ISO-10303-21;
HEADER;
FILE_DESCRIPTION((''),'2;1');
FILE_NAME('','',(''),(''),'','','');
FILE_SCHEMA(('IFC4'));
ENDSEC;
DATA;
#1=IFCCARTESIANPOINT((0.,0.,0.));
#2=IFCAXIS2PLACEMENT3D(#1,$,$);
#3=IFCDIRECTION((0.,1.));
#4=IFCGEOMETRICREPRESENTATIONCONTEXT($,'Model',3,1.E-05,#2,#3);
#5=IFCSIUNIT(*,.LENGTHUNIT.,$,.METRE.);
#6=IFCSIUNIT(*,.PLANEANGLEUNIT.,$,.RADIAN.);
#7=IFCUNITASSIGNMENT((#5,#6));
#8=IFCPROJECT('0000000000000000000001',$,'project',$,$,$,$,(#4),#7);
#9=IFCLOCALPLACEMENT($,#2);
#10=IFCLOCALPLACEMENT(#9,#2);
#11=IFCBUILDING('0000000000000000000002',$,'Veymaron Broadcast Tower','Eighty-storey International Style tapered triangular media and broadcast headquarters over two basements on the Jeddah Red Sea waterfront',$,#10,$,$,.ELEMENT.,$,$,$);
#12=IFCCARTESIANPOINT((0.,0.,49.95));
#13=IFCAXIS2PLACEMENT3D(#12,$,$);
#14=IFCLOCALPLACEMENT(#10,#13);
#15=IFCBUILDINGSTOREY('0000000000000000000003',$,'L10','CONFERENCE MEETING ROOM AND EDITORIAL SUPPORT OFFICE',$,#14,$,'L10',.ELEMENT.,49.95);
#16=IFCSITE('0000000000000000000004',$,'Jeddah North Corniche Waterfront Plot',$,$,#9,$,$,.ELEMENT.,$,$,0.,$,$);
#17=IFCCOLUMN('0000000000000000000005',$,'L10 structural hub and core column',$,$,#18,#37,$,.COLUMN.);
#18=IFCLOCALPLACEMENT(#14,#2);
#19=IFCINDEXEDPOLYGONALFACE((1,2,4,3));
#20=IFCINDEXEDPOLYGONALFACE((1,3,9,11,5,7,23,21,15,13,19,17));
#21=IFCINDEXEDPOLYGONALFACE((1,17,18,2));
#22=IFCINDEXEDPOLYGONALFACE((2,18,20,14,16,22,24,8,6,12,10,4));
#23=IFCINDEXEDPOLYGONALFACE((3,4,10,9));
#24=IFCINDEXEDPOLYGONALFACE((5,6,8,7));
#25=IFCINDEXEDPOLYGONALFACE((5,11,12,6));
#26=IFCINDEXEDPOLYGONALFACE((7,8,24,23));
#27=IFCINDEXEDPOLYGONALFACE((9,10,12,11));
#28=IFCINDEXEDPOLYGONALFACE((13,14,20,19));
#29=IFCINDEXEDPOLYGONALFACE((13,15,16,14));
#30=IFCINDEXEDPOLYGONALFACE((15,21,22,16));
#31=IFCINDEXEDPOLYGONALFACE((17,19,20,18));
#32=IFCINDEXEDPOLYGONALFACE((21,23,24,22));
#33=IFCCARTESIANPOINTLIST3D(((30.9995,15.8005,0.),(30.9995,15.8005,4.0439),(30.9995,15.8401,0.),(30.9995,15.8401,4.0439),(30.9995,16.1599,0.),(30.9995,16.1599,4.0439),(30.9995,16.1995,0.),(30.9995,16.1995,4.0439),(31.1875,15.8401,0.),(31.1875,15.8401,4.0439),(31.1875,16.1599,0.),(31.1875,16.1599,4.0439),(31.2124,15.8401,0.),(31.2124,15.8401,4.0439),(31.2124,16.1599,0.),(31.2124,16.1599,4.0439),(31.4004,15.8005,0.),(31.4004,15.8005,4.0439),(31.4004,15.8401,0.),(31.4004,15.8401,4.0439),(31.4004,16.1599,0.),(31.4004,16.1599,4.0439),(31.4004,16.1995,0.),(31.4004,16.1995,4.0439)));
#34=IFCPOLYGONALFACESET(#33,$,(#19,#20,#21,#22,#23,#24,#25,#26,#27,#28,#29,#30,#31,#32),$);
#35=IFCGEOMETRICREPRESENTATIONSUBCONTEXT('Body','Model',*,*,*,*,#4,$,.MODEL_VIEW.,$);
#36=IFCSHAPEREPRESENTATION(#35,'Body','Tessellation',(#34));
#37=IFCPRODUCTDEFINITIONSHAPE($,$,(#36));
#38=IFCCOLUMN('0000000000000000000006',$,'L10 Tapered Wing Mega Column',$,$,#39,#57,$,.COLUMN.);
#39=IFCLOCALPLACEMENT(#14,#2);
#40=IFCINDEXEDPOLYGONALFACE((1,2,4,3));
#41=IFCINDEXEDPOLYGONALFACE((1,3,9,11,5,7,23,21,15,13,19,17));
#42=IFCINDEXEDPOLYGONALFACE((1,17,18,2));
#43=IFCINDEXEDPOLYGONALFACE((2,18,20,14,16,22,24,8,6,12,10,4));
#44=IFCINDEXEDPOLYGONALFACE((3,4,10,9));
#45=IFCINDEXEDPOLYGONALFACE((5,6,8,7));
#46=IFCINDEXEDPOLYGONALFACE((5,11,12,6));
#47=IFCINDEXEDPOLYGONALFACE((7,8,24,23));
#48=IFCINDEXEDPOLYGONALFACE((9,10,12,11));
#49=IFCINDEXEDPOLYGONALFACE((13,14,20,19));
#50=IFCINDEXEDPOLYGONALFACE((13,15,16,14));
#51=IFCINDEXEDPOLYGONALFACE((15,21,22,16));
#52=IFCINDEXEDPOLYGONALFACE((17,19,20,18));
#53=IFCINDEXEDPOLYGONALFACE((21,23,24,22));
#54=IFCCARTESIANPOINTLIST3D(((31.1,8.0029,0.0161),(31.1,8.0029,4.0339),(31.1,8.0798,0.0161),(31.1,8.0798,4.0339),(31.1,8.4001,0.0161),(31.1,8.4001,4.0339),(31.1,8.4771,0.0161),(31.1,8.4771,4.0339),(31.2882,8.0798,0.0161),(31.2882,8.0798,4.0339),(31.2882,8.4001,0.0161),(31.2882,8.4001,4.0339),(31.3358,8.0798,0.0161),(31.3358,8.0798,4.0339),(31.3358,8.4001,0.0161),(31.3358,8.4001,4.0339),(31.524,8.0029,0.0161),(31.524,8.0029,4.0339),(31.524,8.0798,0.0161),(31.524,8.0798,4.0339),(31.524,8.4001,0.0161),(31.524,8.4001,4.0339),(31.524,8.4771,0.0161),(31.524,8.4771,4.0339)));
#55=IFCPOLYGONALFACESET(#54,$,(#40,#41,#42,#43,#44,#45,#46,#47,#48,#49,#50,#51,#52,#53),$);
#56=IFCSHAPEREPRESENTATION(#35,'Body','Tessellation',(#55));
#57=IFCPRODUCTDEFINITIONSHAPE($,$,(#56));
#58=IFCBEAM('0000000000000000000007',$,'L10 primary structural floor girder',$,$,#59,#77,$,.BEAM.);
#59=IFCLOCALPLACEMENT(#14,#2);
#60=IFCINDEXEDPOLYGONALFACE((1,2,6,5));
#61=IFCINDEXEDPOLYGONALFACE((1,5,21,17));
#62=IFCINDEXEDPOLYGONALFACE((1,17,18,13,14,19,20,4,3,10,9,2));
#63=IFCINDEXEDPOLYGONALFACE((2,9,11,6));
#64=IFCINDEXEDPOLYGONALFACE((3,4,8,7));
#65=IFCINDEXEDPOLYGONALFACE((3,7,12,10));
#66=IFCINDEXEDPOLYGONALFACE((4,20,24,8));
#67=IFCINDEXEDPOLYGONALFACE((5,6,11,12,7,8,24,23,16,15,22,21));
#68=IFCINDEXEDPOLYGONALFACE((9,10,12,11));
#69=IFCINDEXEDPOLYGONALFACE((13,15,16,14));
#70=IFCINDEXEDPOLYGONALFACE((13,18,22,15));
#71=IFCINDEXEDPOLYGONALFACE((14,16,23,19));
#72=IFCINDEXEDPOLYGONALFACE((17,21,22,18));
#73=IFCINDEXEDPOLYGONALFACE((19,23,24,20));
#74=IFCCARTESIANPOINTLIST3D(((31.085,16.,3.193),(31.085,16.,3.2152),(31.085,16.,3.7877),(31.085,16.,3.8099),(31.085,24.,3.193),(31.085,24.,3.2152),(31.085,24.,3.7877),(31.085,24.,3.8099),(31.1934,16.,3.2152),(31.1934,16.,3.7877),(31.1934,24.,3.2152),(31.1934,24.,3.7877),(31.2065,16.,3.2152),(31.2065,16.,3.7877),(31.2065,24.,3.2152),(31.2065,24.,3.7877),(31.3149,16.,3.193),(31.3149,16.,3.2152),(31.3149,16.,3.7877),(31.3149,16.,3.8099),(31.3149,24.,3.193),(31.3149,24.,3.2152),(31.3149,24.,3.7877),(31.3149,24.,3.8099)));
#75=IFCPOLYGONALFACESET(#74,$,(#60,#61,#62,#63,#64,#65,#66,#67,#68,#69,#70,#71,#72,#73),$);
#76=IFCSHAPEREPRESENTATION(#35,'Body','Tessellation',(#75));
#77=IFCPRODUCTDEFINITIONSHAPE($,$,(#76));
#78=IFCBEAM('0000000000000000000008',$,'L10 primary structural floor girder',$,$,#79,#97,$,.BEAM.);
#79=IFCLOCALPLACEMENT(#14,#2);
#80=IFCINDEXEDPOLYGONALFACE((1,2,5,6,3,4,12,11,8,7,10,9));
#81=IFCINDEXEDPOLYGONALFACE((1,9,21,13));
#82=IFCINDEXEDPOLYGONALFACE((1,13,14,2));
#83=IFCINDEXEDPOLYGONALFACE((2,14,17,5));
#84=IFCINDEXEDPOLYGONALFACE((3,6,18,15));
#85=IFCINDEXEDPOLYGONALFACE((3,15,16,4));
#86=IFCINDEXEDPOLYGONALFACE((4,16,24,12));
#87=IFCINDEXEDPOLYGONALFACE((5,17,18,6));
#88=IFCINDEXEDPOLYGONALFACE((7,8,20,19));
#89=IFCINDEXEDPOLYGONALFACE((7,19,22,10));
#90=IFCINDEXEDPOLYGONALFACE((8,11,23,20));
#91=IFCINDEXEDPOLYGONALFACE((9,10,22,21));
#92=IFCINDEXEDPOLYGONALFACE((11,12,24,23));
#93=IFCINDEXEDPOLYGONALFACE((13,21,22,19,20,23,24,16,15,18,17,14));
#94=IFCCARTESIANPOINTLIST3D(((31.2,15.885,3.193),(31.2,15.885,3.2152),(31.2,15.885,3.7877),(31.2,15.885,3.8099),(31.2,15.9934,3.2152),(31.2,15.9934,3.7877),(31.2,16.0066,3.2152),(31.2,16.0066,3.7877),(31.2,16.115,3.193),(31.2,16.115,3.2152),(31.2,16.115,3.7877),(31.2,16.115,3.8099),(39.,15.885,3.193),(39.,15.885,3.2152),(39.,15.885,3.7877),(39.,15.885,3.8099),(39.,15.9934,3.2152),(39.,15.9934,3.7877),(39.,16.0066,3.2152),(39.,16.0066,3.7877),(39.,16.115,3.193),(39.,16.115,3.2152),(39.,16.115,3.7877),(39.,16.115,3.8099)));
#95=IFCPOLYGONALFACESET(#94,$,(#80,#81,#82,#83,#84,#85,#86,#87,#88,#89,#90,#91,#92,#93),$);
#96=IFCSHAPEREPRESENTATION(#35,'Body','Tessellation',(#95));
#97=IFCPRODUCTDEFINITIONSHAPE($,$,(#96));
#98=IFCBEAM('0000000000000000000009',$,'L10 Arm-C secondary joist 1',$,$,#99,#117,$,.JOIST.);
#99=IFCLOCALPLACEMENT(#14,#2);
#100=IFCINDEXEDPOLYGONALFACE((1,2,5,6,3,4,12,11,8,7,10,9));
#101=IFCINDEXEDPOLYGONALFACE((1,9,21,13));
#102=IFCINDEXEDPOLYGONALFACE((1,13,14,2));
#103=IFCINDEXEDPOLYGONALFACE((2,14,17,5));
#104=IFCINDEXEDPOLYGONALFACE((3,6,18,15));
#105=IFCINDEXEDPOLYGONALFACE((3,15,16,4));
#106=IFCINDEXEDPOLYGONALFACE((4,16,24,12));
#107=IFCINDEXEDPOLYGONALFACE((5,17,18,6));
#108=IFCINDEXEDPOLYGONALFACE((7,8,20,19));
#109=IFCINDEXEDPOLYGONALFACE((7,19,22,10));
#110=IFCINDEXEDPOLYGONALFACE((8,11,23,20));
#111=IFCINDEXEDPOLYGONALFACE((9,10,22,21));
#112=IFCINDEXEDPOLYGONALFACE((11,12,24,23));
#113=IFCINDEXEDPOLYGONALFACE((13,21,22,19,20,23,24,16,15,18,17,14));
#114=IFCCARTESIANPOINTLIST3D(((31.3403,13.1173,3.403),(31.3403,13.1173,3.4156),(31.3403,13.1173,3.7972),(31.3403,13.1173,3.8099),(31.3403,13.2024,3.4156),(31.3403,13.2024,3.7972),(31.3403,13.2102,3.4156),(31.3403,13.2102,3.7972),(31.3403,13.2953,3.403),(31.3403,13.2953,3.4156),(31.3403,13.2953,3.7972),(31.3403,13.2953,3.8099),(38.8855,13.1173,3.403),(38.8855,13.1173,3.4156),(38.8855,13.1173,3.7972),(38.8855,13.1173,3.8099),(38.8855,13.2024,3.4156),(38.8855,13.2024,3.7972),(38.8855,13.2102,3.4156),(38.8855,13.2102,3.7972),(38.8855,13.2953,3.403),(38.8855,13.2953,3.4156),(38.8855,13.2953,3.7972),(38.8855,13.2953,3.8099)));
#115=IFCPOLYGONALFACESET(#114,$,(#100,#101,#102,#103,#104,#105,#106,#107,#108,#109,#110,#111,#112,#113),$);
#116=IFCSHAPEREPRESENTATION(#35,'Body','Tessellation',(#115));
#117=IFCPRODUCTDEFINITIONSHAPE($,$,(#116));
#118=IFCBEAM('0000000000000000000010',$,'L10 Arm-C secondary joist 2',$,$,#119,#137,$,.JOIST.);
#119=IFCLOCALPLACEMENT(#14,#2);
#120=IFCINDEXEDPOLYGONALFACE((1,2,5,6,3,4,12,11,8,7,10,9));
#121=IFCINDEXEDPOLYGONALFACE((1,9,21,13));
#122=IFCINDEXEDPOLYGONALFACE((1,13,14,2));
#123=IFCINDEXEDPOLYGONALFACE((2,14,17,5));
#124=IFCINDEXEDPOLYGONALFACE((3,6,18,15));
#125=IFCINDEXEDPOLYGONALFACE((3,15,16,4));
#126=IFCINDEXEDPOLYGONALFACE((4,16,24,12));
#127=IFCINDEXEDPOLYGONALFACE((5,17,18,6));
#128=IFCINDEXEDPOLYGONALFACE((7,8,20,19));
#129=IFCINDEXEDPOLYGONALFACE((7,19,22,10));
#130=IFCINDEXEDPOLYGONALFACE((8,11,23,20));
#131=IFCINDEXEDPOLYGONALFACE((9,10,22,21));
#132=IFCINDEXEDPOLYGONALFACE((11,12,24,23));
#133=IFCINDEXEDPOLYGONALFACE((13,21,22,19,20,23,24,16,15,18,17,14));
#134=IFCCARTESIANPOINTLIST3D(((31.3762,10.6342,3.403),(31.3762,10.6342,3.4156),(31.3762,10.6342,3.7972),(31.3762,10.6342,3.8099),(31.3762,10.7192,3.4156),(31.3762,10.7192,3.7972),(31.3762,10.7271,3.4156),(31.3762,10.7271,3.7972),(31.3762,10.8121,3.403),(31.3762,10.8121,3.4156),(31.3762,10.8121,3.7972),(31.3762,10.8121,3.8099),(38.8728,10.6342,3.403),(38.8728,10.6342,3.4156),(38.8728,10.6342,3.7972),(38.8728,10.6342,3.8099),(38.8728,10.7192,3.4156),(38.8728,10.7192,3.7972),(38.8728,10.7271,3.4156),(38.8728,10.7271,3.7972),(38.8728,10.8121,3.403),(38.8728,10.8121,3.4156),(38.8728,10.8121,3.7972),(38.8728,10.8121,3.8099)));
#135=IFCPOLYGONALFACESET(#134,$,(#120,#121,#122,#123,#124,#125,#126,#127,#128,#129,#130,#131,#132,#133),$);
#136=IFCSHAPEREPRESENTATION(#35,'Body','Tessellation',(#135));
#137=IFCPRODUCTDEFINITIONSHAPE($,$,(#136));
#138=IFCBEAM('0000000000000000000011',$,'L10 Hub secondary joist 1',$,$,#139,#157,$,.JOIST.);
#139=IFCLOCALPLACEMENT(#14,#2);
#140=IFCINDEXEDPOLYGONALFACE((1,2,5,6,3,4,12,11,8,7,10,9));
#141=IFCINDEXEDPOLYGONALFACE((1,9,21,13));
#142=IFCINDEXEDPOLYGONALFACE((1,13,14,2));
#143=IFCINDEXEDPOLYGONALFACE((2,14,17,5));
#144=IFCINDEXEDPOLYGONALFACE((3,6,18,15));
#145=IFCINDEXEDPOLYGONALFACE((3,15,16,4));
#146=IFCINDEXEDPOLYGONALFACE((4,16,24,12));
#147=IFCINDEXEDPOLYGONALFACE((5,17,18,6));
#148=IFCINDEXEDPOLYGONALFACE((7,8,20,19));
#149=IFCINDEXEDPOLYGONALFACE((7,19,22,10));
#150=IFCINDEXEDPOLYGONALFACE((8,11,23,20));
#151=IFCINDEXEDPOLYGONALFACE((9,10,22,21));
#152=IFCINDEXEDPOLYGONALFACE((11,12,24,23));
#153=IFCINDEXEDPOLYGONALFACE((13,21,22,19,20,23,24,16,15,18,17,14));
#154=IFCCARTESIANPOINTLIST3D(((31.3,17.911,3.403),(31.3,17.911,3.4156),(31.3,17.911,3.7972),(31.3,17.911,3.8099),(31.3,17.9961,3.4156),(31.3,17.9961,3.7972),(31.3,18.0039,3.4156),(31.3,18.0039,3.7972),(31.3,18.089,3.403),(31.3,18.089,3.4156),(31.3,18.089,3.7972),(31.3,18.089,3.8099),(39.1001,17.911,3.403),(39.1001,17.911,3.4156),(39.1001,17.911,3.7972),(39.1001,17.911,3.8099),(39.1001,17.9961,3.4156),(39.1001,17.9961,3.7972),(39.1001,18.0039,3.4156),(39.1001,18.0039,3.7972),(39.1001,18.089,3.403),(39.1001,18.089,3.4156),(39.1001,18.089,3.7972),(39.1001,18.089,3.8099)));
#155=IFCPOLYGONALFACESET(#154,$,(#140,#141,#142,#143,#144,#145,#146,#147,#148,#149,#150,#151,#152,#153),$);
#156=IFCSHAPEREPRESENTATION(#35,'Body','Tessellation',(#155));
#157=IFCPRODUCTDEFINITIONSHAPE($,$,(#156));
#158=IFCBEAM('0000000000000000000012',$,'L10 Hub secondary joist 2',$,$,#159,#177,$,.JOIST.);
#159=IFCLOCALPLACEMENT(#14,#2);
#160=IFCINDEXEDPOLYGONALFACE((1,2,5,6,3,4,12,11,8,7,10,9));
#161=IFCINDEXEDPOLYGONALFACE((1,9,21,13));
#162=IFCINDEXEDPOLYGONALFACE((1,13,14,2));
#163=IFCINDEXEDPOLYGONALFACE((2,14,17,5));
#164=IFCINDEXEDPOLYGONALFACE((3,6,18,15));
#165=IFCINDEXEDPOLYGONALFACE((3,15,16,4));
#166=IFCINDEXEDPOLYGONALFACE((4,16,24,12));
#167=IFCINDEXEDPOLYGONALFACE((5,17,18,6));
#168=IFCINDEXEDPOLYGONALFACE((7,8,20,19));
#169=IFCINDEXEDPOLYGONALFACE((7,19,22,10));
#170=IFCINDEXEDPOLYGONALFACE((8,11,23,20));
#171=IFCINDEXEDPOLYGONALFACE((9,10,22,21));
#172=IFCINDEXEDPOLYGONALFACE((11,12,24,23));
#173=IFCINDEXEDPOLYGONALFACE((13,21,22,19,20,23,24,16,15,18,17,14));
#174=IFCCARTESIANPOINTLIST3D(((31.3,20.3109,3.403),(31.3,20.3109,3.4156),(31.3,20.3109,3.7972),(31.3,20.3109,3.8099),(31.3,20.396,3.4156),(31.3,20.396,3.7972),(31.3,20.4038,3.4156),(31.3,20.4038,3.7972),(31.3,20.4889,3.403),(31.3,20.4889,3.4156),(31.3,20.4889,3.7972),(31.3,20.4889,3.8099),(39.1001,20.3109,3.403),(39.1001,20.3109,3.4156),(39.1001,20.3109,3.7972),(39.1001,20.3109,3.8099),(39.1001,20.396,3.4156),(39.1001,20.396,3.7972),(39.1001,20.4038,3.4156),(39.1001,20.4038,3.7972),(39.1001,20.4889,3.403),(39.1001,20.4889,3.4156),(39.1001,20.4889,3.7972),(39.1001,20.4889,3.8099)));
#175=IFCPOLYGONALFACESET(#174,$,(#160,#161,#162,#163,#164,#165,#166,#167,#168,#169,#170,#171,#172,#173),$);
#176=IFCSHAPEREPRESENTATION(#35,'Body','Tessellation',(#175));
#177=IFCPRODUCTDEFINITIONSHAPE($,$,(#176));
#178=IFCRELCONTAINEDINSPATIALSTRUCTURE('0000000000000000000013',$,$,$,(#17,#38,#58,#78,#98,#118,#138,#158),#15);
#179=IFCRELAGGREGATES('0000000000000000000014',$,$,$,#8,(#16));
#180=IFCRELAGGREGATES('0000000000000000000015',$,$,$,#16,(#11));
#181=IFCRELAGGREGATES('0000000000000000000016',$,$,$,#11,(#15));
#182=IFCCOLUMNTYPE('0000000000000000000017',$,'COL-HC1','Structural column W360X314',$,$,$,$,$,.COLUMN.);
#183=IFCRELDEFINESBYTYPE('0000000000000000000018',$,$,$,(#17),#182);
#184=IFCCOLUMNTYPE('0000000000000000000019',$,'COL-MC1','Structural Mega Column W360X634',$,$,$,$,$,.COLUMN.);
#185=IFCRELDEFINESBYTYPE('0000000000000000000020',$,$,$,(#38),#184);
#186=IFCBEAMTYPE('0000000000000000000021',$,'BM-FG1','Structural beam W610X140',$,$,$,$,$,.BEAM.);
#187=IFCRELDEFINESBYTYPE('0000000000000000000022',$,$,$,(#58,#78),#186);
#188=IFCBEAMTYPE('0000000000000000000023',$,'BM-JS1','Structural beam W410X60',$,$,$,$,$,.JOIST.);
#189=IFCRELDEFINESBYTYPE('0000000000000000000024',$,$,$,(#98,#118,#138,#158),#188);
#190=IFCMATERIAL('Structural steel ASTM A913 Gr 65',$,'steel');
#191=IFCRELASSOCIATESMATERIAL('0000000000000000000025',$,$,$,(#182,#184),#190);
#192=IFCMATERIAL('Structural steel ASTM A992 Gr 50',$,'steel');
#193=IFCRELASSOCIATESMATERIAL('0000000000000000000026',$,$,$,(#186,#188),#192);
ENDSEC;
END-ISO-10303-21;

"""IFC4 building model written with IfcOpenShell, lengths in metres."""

from ifc_helpers import new_model, si_unit, direction, frame, origin, origin_2d, place, context, subcontext, project, spatial, i_section, extrude, material, material_profile, profile_set, type_object, element, save


model = new_model("IFC4")

# Units and contexts
model_context = context("Model", 3, precision=1e-05, world=origin(), true_north=direction((0.0, 1.0)))
body_context = subcontext(model_context, "Body", "Model", "MODEL_VIEW")
ifc_project = project(units=[si_unit("LENGTHUNIT", "METRE"), si_unit("PLANEANGLEUNIT", "RADIAN")], contexts=[model_context])

# Site, building, storey
site_placement = place(None, origin())
site = spatial("IfcSite", under=ifc_project, at=site_placement, Name="Jeddah North Corniche Waterfront Plot", CompositionType="ELEMENT", RefElevation=0.0)
building_placement = place(site_placement, origin())
building = spatial("IfcBuilding", under=site, at=building_placement, Name="Veymaron Broadcast Tower", Description="Eighty-storey International Style tapered triangular media and broadcast headquarters over two basements on the Jeddah Red Sea waterfront", CompositionType="ELEMENT")
storey_placement = place(building_placement, frame((0.0, 0.0, 49.95)))
storey = spatial("IfcBuildingStorey", under=building, at=storey_placement, Name="L10", Description="CONFERENCE MEETING ROOM AND EDITORIAL SUPPORT OFFICE", LongName="L10", CompositionType="ELEMENT", Elevation=49.95)

# Columns
ifc_material_1 = material(Name="Structural steel ASTM A913 Gr 65", Category="steel")
ifc_material_profile_1 = material_profile(ifc_material_1, i_section(OverallWidth=0.4009, OverallDepth=0.3989, WebThickness=0.0249, FlangeThickness=0.0396, at=origin_2d()), Name="W360X314")
ifc_profile_set_1 = profile_set([ifc_material_profile_1], Name="Structural steel ASTM A913 Gr 65")
column_type_1 = type_object("IfcColumnType", Name="COL-HC1", Description="Structural column W360X314", PredefinedType="COLUMN", material=ifc_profile_set_1)
column_1_placement = place(storey_placement, frame((31.2, 16.0, 0.0), z_axis=(0.0, 0.0, 1.0), x_axis=(1.0, 0.0, 0.0)))
element("IfcColumn", 1, at=column_1_placement, inside=storey, type_object=column_type_1, Name="L10 structural hub and core column", PredefinedType="COLUMN", context=body_context, shape_type="SweptSolid", body=[
    extrude(i_section(OverallWidth=0.4009, OverallDepth=0.3989, WebThickness=0.0249, FlangeThickness=0.0396, at=origin_2d()), origin(), (0.0, 0.0, 1.0), 4.0439),
])
ifc_material_profile_2 = material_profile(ifc_material_1, i_section(OverallWidth=0.4241, OverallDepth=0.4741, WebThickness=0.0476, FlangeThickness=0.0769, at=origin_2d()), Name="W360X634")
ifc_profile_set_2 = profile_set([ifc_material_profile_2], Name="Structural steel ASTM A913 Gr 65")
column_type_2 = type_object("IfcColumnType", Name="COL-MC1", Description="Structural Mega Column W360X634", PredefinedType="COLUMN", material=ifc_profile_set_2)
column_2_placement = place(storey_placement, frame((31.312, 8.24, 0.0161), z_axis=(0.0, 0.0, 1.0), x_axis=(1.0, 0.0, 0.0)))
element("IfcColumn", 2, at=column_2_placement, inside=storey, type_object=column_type_2, Name="L10 Tapered Wing Mega Column", PredefinedType="COLUMN", context=body_context, shape_type="SweptSolid", body=[
    extrude(i_section(OverallWidth=0.4241, OverallDepth=0.4741, WebThickness=0.0476, FlangeThickness=0.0769, at=origin_2d()), origin(), (0.0, 0.0, 1.0), 4.0178),
])

# Beams
ifc_material_2 = material(Name="Structural steel ASTM A992 Gr 50", Category="steel")
ifc_material_profile_3 = material_profile(ifc_material_2, i_section(OverallWidth=0.23, OverallDepth=0.6169, WebThickness=0.0132, FlangeThickness=0.0222, at=origin_2d()), Name="W610X140")
ifc_profile_set_3 = profile_set([ifc_material_profile_3], Name="Structural steel ASTM A992 Gr 50")
beam_type_1 = type_object("IfcBeamType", Name="BM-FG1", Description="Structural beam W610X140", PredefinedType="BEAM", material=ifc_profile_set_3)
beam_1_placement = place(storey_placement, frame((31.2, 16.0, 3.5015), z_axis=(0.0, 1.0, 0.0), x_axis=(-1.0, 0.0, 0.0)))
element("IfcBeam", 3, at=beam_1_placement, inside=storey, type_object=beam_type_1, Name="L10 primary structural floor girder", PredefinedType="BEAM", context=body_context, shape_type="SweptSolid", body=[
    extrude(i_section(OverallWidth=0.23, OverallDepth=0.6169, WebThickness=0.0132, FlangeThickness=0.0222, at=origin_2d()), origin(), (0.0, 0.0, 1.0), 8.0),
])
beam_2_placement = place(storey_placement, frame((31.2, 16.0, 3.5015), z_axis=(1.0, 0.0, 0.0), x_axis=(0.0, 1.0, 0.0)))
element("IfcBeam", 4, at=beam_2_placement, inside=storey, type_object=beam_type_1, Name="L10 primary structural floor girder", PredefinedType="BEAM", context=body_context, shape_type="SweptSolid", body=[
    extrude(i_section(OverallWidth=0.23, OverallDepth=0.6169, WebThickness=0.0132, FlangeThickness=0.0222, at=origin_2d()), origin(), (0.0, 0.0, 1.0), 7.8),
])
ifc_material_profile_4 = material_profile(ifc_material_2, i_section(OverallWidth=0.178, OverallDepth=0.407, WebThickness=0.0078, FlangeThickness=0.0127, at=origin_2d()), Name="W410X60")
ifc_profile_set_4 = profile_set([ifc_material_profile_4], Name="Structural steel ASTM A992 Gr 50")
beam_type_2 = type_object("IfcBeamType", Name="BM-JS1", Description="Structural beam W410X60", PredefinedType="JOIST", material=ifc_profile_set_4)
beam_3_placement = place(storey_placement, frame((31.3403, 13.2063, 3.6064), z_axis=(1.0, 0.0, 0.0), x_axis=(0.0, 1.0, 0.0)))
element("IfcBeam", 5, at=beam_3_placement, inside=storey, type_object=beam_type_2, Name="L10 Arm-C secondary joist 1", PredefinedType="JOIST", context=body_context, shape_type="SweptSolid", body=[
    extrude(i_section(OverallWidth=0.178, OverallDepth=0.407, WebThickness=0.0078, FlangeThickness=0.0127, at=origin_2d()), origin(), (0.0, 0.0, 1.0), 7.5452),
])
beam_4_placement = place(storey_placement, frame((31.3762, 10.7231, 3.6064), z_axis=(1.0, 0.0, 0.0), x_axis=(0.0, 1.0, 0.0)))
element("IfcBeam", 6, at=beam_4_placement, inside=storey, type_object=beam_type_2, Name="L10 Arm-C secondary joist 2", PredefinedType="JOIST", context=body_context, shape_type="SweptSolid", body=[
    extrude(i_section(OverallWidth=0.178, OverallDepth=0.407, WebThickness=0.0078, FlangeThickness=0.0127, at=origin_2d()), origin(), (0.0, 0.0, 1.0), 7.4966),
])
for number, where, z_axis, x_axis, name in (
    (7, (31.3, 18.0, 3.6064), (1.0, 0.0, 0.0), (0.0, 1.0, 0.0), "L10 Hub secondary joist 1"),
    (8, (31.3, 20.3999, 3.6064), (1.0, 0.0, 0.0), (0.0, 1.0, 0.0), "L10 Hub secondary joist 2"),
):
    element("IfcBeam", number, at=place(storey_placement, frame(where, z_axis=z_axis, x_axis=x_axis)), inside=storey, type_object=beam_type_2, Name=name, PredefinedType="JOIST", context=body_context, shape_type="SweptSolid", body=[
        extrude(i_section(OverallWidth=0.178, OverallDepth=0.407, WebThickness=0.0078, FlangeThickness=0.0127, at=origin_2d()), origin(), (0.0, 0.0, 1.0), 7.8),
    ])

save(model, "model.ifc")
